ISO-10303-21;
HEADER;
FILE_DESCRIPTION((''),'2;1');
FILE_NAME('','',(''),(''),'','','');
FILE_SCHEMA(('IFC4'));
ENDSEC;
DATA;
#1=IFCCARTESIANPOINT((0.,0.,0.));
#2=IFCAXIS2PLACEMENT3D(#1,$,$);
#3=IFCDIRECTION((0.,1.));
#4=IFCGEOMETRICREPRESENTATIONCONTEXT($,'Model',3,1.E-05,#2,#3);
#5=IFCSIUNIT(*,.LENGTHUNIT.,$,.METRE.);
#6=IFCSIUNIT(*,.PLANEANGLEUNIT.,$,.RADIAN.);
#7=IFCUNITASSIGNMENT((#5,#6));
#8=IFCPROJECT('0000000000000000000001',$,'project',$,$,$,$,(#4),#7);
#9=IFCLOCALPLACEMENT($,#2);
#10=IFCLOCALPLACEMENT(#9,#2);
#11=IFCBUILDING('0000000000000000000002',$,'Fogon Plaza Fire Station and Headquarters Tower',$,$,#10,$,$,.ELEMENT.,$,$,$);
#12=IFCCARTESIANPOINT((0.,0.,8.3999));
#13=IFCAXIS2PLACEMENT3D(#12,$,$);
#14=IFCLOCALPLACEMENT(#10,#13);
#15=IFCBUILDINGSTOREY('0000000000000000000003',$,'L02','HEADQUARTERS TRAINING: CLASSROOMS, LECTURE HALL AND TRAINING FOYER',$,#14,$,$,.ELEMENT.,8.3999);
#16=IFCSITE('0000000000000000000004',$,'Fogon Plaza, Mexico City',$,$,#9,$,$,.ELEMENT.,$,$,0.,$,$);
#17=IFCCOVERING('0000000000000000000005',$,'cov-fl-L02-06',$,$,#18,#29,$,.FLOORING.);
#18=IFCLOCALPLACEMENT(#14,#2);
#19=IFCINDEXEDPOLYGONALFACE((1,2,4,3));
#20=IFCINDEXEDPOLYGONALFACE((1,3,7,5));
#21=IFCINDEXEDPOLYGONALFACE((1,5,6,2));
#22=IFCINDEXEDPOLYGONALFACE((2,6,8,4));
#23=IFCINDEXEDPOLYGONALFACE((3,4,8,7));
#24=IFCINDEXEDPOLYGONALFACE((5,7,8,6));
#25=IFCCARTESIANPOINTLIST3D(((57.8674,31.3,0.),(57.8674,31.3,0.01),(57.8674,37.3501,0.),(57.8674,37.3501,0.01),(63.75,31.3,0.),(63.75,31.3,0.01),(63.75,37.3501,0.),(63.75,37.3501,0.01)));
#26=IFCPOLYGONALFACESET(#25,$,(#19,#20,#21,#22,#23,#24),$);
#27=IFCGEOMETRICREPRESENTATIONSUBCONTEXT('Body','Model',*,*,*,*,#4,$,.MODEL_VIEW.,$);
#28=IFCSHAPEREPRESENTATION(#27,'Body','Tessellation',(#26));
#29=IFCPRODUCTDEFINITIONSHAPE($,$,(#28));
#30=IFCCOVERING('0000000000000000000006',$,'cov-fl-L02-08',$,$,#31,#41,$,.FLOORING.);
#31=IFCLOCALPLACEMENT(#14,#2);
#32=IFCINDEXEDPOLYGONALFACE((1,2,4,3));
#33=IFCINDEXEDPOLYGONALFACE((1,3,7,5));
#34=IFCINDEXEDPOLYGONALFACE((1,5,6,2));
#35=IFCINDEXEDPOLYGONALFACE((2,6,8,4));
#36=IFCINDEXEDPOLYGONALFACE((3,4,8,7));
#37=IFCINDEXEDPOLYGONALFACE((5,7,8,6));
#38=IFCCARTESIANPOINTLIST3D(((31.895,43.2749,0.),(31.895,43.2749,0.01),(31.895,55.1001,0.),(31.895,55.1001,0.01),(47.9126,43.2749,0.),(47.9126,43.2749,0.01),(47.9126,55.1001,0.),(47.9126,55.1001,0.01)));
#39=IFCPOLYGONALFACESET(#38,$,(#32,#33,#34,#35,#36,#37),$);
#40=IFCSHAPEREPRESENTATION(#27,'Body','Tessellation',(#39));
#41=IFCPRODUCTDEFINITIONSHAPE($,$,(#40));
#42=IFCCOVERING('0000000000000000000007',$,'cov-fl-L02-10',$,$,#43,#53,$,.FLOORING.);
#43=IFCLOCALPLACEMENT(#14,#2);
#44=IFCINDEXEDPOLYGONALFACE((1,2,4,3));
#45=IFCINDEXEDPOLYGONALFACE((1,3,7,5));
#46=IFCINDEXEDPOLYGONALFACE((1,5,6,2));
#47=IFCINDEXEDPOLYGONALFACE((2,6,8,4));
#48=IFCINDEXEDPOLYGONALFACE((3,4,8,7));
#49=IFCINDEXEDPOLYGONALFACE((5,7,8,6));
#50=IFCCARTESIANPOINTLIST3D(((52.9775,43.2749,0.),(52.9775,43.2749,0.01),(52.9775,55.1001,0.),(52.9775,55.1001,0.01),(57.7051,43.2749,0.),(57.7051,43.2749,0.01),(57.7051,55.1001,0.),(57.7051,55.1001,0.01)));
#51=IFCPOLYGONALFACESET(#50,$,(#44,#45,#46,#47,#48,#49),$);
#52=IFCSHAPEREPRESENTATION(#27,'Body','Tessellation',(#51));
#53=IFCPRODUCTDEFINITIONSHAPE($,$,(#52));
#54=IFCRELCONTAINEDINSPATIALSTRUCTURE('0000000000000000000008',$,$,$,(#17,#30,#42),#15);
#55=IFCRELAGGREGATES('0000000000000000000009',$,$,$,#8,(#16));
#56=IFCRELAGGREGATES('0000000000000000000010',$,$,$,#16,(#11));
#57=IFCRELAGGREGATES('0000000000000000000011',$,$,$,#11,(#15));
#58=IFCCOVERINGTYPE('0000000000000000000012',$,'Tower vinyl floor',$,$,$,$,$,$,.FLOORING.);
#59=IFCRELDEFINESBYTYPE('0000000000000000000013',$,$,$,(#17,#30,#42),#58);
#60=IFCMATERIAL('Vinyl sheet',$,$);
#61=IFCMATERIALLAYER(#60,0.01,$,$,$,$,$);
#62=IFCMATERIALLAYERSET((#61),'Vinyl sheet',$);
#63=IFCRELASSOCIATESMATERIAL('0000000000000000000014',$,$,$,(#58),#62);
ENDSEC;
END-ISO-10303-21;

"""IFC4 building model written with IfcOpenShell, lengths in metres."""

from ifc_helpers import new_model, si_unit, direction, frame, origin, place, context, subcontext, project, spatial, polyline, outline, extrude, material, layer, layer_set, type_object, element, save


model = new_model("IFC4")

# Units and contexts
model_context = context("Model", 3, precision=1e-05, world=origin(), true_north=direction((0.0, 1.0)))
body_context = subcontext(model_context, "Body", "Model", "MODEL_VIEW")
ifc_project = project(units=[si_unit("LENGTHUNIT", "METRE"), si_unit("PLANEANGLEUNIT", "RADIAN")], contexts=[model_context])

# Site, building, storey
site_placement = place(None, origin())
site = spatial("IfcSite", under=ifc_project, at=site_placement, Name="Fogon Plaza, Mexico City", CompositionType="ELEMENT", RefElevation=0.0)
building_placement = place(site_placement, origin())
building = spatial("IfcBuilding", under=site, at=building_placement, Name="Fogon Plaza Fire Station and Headquarters Tower", CompositionType="ELEMENT")
storey_placement = place(building_placement, frame((0.0, 0.0, 8.3999)))
storey = spatial("IfcBuildingStorey", under=building, at=storey_placement, Name="L02", Description="HEADQUARTERS TRAINING: CLASSROOMS, LECTURE HALL AND TRAINING FOYER", CompositionType="ELEMENT", Elevation=8.3999)

# Coverings
ifc_material_1 = material(Name="Vinyl sheet")
ifc_layer_1 = layer(ifc_material_1, 0.01)
ifc_layer_set_1 = layer_set([ifc_layer_1], Name="Vinyl sheet")
covering_type_1 = type_object("IfcCoveringType", Name="Tower vinyl floor", PredefinedType="FLOORING", material=ifc_layer_set_1)
covering_1_placement = place(storey_placement, origin())
element("IfcCovering", 1, at=covering_1_placement, inside=storey, type_object=covering_type_1, Name="cov-fl-L02-06", PredefinedType="FLOORING", context=body_context, shape_type="SweptSolid", body=[
    extrude(outline(polyline([(63.75, 31.3), (63.75, 37.3501), (57.8674, 37.3501), (57.8674, 31.3), (63.75, 31.3)])), origin(), (0.0, 0.0, 1.0), 0.01),
])
covering_2_placement = place(storey_placement, origin())
element("IfcCovering", 2, at=covering_2_placement, inside=storey, type_object=covering_type_1, Name="cov-fl-L02-08", PredefinedType="FLOORING", context=body_context, shape_type="SweptSolid", body=[
    extrude(outline(polyline([(47.9126, 43.2749), (47.9126, 55.1001), (31.895, 55.1001), (31.895, 43.2749), (47.9126, 43.2749)])), origin(), (0.0, 0.0, 1.0), 0.01),
])
covering_3_placement = place(storey_placement, origin())
element("IfcCovering", 3, at=covering_3_placement, inside=storey, type_object=covering_type_1, Name="cov-fl-L02-10", PredefinedType="FLOORING", context=body_context, shape_type="SweptSolid", body=[
    extrude(outline(polyline([(57.7051, 43.2749), (57.7051, 55.1001), (52.9775, 55.1001), (52.9775, 43.2749), (57.7051, 43.2749)])), origin(), (0.0, 0.0, 1.0), 0.01),
])

save(model, "model.ifc")
